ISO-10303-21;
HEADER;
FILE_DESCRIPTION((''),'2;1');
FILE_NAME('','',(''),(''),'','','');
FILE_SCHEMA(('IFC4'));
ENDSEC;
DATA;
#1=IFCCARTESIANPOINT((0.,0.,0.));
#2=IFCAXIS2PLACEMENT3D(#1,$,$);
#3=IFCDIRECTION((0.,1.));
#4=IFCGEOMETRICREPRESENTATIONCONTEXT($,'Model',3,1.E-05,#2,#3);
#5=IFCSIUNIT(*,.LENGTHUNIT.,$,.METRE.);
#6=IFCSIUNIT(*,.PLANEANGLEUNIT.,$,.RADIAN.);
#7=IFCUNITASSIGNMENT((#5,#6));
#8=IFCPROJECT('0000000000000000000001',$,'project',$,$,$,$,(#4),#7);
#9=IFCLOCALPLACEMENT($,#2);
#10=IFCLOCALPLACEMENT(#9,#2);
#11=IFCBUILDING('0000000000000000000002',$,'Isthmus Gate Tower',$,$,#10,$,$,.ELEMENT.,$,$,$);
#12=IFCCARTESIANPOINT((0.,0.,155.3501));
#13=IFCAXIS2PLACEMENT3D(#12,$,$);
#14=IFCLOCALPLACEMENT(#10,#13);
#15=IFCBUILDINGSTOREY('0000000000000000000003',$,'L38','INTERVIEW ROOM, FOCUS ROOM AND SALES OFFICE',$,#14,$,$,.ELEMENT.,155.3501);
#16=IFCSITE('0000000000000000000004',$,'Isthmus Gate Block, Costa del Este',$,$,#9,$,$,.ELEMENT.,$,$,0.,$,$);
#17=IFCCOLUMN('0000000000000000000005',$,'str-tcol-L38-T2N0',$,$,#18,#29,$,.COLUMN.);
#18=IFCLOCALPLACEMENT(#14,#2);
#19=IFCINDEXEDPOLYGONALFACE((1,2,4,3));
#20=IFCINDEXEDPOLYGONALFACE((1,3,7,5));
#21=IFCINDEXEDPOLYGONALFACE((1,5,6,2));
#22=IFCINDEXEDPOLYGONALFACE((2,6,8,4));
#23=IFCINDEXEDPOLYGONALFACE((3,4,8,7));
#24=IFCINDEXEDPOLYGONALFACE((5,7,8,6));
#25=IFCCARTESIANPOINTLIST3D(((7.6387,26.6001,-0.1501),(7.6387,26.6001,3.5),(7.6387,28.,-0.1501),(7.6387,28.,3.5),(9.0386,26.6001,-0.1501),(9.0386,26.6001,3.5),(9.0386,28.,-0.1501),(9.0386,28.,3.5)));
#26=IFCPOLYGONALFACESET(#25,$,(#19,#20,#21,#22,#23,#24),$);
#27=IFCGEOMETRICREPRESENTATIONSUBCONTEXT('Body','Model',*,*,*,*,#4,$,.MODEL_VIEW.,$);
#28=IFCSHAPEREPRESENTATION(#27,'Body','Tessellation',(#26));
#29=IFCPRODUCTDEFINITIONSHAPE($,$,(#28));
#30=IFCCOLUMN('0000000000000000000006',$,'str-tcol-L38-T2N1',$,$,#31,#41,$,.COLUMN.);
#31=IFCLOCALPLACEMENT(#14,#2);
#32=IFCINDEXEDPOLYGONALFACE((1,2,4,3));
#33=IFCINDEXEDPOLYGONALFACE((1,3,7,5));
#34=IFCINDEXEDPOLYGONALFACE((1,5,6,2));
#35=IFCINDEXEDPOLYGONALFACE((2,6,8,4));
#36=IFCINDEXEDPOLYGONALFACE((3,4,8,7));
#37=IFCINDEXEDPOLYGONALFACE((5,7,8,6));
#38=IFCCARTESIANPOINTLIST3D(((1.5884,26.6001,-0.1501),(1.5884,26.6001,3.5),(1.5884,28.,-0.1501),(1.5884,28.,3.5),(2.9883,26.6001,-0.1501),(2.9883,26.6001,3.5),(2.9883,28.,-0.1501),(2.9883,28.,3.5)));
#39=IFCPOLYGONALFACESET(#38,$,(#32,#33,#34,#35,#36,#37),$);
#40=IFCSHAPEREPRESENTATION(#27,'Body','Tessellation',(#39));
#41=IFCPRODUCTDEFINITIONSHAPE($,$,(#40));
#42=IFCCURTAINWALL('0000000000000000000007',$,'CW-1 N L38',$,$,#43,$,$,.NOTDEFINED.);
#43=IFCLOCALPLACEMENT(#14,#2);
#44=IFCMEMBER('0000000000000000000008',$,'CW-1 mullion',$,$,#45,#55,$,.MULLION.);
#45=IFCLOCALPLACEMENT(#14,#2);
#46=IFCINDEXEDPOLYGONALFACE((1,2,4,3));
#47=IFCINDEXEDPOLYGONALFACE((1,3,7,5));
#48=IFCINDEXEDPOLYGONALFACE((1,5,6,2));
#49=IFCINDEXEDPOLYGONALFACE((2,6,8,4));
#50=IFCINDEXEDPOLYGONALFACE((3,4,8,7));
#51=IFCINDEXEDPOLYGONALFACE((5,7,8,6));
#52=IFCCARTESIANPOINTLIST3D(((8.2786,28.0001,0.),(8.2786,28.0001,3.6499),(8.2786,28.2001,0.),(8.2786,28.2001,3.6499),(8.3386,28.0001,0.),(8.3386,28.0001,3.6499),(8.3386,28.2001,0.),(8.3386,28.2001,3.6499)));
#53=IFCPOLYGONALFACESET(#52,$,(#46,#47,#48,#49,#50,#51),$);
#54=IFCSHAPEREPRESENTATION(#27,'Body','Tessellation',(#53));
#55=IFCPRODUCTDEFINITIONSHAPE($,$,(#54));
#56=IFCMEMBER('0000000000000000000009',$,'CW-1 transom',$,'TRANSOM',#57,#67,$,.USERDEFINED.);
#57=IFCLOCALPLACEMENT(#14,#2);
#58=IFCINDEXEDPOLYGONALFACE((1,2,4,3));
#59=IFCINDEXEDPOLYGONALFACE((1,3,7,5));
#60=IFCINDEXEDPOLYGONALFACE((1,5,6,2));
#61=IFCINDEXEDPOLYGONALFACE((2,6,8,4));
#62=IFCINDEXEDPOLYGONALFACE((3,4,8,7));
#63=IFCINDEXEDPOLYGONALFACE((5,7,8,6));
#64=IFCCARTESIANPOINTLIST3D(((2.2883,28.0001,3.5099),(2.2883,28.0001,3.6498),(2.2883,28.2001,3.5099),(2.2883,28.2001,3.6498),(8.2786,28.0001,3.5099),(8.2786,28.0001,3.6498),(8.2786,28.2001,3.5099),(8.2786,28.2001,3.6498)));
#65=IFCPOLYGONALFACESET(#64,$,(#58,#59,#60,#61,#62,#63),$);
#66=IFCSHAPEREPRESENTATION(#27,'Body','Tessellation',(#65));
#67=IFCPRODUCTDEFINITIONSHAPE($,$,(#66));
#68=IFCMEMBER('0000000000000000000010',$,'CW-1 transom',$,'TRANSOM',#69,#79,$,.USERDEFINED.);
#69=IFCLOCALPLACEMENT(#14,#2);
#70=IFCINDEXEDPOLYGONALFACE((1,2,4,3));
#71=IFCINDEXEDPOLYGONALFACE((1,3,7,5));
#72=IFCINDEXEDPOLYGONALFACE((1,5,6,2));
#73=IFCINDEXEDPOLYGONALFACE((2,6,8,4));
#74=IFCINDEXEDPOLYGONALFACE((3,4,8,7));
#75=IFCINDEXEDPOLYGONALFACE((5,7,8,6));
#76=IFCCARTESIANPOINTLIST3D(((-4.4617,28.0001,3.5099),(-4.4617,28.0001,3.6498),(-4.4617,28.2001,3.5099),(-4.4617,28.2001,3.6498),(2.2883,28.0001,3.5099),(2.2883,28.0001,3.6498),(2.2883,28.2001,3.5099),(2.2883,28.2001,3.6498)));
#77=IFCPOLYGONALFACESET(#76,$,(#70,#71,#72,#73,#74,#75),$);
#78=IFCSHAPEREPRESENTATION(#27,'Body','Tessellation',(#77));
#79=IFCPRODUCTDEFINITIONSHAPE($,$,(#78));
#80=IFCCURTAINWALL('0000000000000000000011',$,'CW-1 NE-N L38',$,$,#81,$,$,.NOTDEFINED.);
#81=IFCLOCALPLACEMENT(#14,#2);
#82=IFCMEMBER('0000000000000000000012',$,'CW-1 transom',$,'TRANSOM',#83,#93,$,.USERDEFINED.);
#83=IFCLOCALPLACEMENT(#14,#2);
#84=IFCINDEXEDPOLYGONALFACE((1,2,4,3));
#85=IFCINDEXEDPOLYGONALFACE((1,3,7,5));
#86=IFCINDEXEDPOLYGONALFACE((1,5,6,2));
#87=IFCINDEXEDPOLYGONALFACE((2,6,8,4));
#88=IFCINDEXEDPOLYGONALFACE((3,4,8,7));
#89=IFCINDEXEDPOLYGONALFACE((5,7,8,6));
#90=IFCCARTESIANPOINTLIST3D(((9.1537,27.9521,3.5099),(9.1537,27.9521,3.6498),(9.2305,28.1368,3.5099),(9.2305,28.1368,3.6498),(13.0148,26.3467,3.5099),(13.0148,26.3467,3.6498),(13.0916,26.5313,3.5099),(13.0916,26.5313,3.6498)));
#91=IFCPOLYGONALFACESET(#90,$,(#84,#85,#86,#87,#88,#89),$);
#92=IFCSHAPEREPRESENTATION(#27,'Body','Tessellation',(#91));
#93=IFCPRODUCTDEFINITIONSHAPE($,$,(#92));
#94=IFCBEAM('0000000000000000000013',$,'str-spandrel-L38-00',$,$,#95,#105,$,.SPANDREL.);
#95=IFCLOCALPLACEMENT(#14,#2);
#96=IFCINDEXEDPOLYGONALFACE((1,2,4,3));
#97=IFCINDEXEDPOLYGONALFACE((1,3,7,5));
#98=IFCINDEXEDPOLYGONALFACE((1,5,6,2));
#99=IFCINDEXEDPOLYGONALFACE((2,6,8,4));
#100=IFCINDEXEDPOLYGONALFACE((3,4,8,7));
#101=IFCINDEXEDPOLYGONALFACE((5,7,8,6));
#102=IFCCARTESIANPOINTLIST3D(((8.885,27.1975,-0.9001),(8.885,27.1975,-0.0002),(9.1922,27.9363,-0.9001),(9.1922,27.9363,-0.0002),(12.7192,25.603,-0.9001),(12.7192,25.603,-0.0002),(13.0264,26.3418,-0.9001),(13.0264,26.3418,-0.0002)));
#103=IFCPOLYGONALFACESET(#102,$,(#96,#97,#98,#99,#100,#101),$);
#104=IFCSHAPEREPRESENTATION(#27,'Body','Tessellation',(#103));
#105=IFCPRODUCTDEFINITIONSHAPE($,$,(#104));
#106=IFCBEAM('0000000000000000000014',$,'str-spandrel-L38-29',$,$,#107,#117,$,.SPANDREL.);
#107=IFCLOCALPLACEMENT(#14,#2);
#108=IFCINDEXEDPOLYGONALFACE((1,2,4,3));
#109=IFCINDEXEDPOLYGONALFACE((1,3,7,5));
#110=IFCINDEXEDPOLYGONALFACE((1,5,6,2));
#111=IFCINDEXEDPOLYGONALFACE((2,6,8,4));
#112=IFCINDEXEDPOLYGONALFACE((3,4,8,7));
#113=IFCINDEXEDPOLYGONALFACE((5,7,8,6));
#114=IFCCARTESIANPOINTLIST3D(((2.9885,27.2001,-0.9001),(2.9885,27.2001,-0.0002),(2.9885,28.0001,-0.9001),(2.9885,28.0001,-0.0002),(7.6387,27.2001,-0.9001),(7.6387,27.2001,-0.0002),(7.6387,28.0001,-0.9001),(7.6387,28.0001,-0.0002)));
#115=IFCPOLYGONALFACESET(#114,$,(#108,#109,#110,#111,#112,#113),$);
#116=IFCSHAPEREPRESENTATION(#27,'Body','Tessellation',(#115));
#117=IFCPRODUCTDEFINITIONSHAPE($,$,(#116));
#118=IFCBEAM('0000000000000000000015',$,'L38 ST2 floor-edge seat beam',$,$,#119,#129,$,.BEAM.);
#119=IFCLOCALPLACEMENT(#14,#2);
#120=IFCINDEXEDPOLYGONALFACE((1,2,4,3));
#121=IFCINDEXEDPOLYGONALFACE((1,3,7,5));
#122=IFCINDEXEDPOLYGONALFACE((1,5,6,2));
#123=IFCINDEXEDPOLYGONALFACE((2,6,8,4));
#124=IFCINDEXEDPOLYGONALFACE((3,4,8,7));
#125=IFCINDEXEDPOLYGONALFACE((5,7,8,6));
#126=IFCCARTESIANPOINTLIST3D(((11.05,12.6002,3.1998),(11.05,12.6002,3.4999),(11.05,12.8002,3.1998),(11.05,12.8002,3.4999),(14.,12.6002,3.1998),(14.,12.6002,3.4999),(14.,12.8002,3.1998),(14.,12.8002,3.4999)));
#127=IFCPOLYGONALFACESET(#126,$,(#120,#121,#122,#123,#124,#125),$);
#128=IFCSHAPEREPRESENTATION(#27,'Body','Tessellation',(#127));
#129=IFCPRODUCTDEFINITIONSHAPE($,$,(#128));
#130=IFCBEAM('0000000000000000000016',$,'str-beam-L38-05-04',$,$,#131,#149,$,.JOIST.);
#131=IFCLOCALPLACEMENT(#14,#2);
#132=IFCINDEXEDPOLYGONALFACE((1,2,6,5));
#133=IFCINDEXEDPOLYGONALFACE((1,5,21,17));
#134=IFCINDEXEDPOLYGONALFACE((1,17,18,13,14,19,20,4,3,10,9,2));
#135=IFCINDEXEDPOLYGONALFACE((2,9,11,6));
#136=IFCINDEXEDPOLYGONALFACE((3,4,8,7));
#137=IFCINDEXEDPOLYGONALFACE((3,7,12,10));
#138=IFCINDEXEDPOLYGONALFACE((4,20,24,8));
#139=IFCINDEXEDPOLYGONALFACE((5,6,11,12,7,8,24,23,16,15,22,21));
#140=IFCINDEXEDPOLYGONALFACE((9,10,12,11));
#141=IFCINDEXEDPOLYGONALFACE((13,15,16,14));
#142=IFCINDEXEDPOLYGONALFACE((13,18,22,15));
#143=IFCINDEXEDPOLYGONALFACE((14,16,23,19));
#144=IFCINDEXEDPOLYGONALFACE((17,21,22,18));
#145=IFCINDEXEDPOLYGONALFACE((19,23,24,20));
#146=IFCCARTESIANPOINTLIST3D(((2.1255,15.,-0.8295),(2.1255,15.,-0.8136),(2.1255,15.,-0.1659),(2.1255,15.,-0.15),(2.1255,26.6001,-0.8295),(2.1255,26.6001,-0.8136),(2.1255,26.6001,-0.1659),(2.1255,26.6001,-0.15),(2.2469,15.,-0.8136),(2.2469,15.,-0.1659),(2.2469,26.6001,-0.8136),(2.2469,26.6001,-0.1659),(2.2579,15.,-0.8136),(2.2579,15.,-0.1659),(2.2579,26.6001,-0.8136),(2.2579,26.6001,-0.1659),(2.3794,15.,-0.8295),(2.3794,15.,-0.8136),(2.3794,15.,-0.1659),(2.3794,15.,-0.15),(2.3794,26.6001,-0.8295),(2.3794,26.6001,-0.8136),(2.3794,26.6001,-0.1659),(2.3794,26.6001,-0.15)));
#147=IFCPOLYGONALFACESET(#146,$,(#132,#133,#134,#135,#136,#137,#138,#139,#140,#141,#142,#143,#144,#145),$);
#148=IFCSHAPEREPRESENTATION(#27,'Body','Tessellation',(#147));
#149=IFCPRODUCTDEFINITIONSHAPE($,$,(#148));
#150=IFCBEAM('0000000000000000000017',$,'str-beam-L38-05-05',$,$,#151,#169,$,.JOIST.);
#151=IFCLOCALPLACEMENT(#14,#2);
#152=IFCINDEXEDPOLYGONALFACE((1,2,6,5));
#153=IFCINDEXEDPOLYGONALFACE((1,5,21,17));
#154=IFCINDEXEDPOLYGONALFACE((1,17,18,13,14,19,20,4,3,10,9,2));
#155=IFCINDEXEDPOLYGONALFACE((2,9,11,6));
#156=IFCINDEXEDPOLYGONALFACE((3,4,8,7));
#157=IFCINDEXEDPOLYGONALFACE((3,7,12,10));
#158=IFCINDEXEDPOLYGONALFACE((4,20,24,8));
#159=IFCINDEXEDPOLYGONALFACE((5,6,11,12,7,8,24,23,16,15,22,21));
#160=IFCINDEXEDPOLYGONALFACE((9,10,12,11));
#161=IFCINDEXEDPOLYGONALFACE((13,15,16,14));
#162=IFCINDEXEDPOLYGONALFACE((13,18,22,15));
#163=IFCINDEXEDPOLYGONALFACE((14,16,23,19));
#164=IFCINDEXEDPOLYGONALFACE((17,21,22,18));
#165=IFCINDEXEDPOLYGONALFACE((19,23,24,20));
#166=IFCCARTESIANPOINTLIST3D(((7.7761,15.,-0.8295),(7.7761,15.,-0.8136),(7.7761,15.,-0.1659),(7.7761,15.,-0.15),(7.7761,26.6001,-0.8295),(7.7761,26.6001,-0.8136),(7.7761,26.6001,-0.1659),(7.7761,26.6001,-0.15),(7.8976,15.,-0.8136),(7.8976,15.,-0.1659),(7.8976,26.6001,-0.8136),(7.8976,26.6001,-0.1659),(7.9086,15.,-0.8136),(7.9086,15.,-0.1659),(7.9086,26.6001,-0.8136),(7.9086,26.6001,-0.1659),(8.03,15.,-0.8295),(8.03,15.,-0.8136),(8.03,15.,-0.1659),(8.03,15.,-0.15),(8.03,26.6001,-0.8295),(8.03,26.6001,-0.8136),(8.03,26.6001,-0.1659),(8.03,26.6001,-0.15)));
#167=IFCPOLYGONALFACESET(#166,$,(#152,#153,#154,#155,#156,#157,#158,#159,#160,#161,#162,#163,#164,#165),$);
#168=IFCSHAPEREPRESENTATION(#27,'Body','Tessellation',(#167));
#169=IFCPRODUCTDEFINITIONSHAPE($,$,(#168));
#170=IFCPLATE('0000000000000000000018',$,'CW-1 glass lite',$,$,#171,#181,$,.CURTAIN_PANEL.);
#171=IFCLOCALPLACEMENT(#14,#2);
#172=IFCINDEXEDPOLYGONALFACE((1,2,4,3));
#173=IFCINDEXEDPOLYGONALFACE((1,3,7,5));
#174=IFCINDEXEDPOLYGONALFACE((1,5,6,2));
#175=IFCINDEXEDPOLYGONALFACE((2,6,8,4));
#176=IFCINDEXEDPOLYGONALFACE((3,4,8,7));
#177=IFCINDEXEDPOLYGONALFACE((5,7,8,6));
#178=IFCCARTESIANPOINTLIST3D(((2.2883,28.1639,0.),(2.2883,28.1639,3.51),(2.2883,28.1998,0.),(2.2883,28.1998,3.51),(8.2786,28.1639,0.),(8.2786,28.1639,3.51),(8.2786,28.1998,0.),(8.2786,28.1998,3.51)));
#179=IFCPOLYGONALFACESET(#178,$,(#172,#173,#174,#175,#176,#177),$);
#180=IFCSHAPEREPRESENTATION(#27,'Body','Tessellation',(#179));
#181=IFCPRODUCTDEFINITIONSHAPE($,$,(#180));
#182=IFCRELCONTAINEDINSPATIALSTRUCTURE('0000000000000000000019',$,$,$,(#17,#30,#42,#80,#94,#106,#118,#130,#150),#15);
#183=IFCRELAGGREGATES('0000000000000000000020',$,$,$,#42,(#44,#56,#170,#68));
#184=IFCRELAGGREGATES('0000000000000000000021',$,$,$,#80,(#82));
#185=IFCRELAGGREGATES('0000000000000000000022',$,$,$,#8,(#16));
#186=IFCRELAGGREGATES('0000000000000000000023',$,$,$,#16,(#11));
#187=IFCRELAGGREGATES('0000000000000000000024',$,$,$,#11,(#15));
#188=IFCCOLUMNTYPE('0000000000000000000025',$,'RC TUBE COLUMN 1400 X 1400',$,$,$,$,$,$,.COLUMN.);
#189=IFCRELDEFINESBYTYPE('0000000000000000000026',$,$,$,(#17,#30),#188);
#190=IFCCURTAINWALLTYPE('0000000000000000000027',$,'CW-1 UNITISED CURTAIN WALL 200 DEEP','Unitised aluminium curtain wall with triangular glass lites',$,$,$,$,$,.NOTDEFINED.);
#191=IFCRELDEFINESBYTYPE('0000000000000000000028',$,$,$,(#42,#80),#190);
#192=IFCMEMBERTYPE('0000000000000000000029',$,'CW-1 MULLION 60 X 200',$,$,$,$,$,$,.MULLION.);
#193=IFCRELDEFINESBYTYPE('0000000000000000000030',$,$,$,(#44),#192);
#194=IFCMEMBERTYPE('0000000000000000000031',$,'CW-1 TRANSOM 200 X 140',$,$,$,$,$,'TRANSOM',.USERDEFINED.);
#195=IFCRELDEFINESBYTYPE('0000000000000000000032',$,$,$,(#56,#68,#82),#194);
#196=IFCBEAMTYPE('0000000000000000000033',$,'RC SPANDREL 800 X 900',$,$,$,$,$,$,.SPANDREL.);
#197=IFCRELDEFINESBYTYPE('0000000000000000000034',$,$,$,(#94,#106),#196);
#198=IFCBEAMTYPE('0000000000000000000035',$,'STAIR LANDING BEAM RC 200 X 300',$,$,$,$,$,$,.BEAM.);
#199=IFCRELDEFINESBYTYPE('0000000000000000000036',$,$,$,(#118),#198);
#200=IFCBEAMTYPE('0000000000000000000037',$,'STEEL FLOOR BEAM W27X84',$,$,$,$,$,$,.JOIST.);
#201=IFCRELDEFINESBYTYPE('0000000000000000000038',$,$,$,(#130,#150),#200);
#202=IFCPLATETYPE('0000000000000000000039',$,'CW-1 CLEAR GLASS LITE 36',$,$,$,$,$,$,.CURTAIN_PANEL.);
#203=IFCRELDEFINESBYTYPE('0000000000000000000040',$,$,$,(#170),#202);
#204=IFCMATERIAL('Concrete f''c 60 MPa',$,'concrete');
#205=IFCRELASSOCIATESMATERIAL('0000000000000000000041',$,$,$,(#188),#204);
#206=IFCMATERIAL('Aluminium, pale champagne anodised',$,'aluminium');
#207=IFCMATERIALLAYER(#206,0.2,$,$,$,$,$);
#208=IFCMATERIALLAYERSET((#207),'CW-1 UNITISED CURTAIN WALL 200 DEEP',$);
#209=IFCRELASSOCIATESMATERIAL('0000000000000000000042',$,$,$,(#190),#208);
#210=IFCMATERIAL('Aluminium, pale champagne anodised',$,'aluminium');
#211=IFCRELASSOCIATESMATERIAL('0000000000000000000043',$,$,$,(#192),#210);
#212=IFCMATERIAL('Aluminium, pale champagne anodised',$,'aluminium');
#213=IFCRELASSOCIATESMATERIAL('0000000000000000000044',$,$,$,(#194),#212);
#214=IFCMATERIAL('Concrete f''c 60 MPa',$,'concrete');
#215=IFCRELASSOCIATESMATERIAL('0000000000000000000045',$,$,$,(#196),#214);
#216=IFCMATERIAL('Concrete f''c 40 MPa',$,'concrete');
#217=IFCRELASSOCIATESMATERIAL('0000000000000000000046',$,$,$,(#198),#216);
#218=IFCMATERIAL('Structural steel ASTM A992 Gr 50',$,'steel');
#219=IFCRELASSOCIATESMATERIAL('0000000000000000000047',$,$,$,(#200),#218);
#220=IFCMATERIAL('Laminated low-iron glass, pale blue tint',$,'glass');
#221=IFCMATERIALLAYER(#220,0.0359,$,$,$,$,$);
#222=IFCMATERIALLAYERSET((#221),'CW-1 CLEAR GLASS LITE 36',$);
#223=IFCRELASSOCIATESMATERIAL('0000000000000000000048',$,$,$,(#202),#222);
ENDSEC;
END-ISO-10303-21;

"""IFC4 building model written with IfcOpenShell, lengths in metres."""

from ifc_helpers import new_model, si_unit, direction, frame, origin, origin_2d, place, context, subcontext, project, spatial, rectangle, i_section, extrude, material, layer, layer_set, material_profile, profile_set, type_object, element, aggregate, save


model = new_model("IFC4")

# Units and contexts
model_context = context("Model", 3, precision=1e-05, world=origin(), true_north=direction((0.0, 1.0)))
body_context = subcontext(model_context, "Body", "Model", "MODEL_VIEW")
ifc_project = project(units=[si_unit("LENGTHUNIT", "METRE"), si_unit("PLANEANGLEUNIT", "RADIAN")], contexts=[model_context])

# Site, building, storey
site_placement = place(None, origin())
site = spatial("IfcSite", under=ifc_project, at=site_placement, Name="Isthmus Gate Block, Costa del Este", CompositionType="ELEMENT", RefElevation=0.0)
building_placement = place(site_placement, origin())
building = spatial("IfcBuilding", under=site, at=building_placement, Name="Isthmus Gate Tower", CompositionType="ELEMENT")
storey_placement = place(building_placement, frame((0.0, 0.0, 155.3501)))
storey = spatial("IfcBuildingStorey", under=building, at=storey_placement, Name="L38", Description="INTERVIEW ROOM, FOCUS ROOM AND SALES OFFICE", CompositionType="ELEMENT", Elevation=155.3501)

# Columns
ifc_material_1 = material(Name="Concrete f'c 60 MPa", Category="concrete")
ifc_material_profile_1 = material_profile(ifc_material_1, rectangle(XDim=1.3999, YDim=1.3999, at=origin_2d()), Name="RC 1400X1400")
ifc_profile_set_1 = profile_set([ifc_material_profile_1], Name="Concrete f'c 60 MPa")
column_type = type_object("IfcColumnType", Name="RC TUBE COLUMN 1400 X 1400", PredefinedType="COLUMN", material=ifc_profile_set_1)
for number, where, z_axis, x_axis, name in (
    (1, (8.3386, 27.3, -0.1501), (0.0, 0.0, 1.0), (-1.0, 0.0, 0.0), "str-tcol-L38-T2N0"),
    (2, (2.2883, 27.3, -0.1501), (0.0, 0.0, 1.0), (-1.0, 0.0, 0.0), "str-tcol-L38-T2N1"),
):
    element("IfcColumn", number, at=place(storey_placement, frame(where, z_axis=z_axis, x_axis=x_axis)), inside=storey, type_object=column_type, Name=name, PredefinedType="COLUMN", context=body_context, shape_type="SweptSolid", body=[
        extrude(rectangle(XDim=1.3999, YDim=1.3999, at=origin_2d()), origin(), (0.0, 0.0, 1.0), 3.6501),
    ])

# Curtain wall, members
ifc_material_2 = material(Name="Aluminium, pale champagne anodised", Category="aluminium")
ifc_layer_1 = layer(ifc_material_2, 0.2)
ifc_layer_set_1 = layer_set([ifc_layer_1], Name="CW-1 UNITISED CURTAIN WALL 200 DEEP")
curtain_wall_type = type_object("IfcCurtainWallType", Name="CW-1 UNITISED CURTAIN WALL 200 DEEP", Description="Unitised aluminium curtain wall with triangular glass lites", PredefinedType="NOTDEFINED", material=ifc_layer_set_1)
curtain_wall_1_placement = place(storey_placement, origin())
curtain_wall_1 = element("IfcCurtainWall", 3, at=curtain_wall_1_placement, inside=storey, type_object=curtain_wall_type, Name="CW-1 N L38", PredefinedType="NOTDEFINED")
ifc_material_3 = material(Name="Aluminium, pale champagne anodised", Category="aluminium")
ifc_material_profile_2 = material_profile(ifc_material_3, rectangle(XDim=0.0601, YDim=0.2, at=origin_2d()), Name="60x200")
ifc_profile_set_2 = profile_set([ifc_material_profile_2], Name="Aluminium, pale champagne anodised")
member_type_1 = type_object("IfcMemberType", Name="CW-1 MULLION 60 X 200", PredefinedType="MULLION", material=ifc_profile_set_2)
member_1_placement = place(storey_placement, frame((8.3086, 28.1001, 0.0), z_axis=(0.0, 0.0, 1.0), x_axis=(-1.0, 0.0, 0.0)))
member_1 = element("IfcMember", 4, at=member_1_placement, type_object=member_type_1, Name="CW-1 mullion", PredefinedType="MULLION", context=body_context, shape_type="SweptSolid", body=[
    extrude(rectangle(XDim=0.0601, YDim=0.2, at=origin_2d()), origin(), (0.0, 0.0, 1.0), 3.6499),
])
ifc_material_4 = material(Name="Aluminium, pale champagne anodised", Category="aluminium")
ifc_material_profile_3 = material_profile(ifc_material_4, rectangle(XDim=0.2, YDim=0.1399, at=origin_2d()), Name="200x140")
ifc_profile_set_3 = profile_set([ifc_material_profile_3], Name="Aluminium, pale champagne anodised")
member_type_2 = type_object("IfcMemberType", Name="CW-1 TRANSOM 200 X 140", ElementType="TRANSOM", PredefinedType="USERDEFINED", material=ifc_profile_set_3)
member_2_placement = place(storey_placement, frame((8.2786, 28.1001, 3.5798), z_axis=(-1.0, 0.0, 0.0), x_axis=(0.0, -1.0, 0.0)))
member_2 = element("IfcMember", 5, at=member_2_placement, type_object=member_type_2, Name="CW-1 transom", ObjectType="TRANSOM", PredefinedType="USERDEFINED", context=body_context, shape_type="SweptSolid", body=[
    extrude(rectangle(XDim=0.2, YDim=0.1399, at=origin_2d()), origin(), (0.0, 0.0, 1.0), 5.9902),
])
member_3_placement = place(storey_placement, frame((2.2883, 28.1001, 3.5798), z_axis=(-1.0, 0.0, 0.0), x_axis=(0.0, -1.0, 0.0)))
member_3 = element("IfcMember", 6, at=member_3_placement, type_object=member_type_2, Name="CW-1 transom", ObjectType="TRANSOM", PredefinedType="USERDEFINED", context=body_context, shape_type="SweptSolid", body=[
    extrude(rectangle(XDim=0.2, YDim=0.1399, at=origin_2d()), origin(), (0.0, 0.0, 1.0), 6.75),
])

# Curtain wall, member
curtain_wall_2_placement = place(storey_placement, origin())
curtain_wall_2 = element("IfcCurtainWall", 7, at=curtain_wall_2_placement, inside=storey, type_object=curtain_wall_type, Name="CW-1 NE-N L38", PredefinedType="NOTDEFINED")
member_4_placement = place(storey_placement, frame((13.0532, 26.439, 3.5798), z_axis=(-0.923358, 0.38394, 0.0), x_axis=(-0.38394, -0.923358, 0.0)))
member_4 = element("IfcMember", 8, at=member_4_placement, type_object=member_type_2, Name="CW-1 transom", ObjectType="TRANSOM", PredefinedType="USERDEFINED", context=body_context, shape_type="SweptSolid", body=[
    extrude(rectangle(XDim=0.2, YDim=0.1399, at=origin_2d()), origin(), (0.0, 0.0, 1.0), 4.1816),
])

# Beams
ifc_material_5 = material(Name="Concrete f'c 60 MPa", Category="concrete")
ifc_material_profile_4 = material_profile(ifc_material_5, rectangle(XDim=0.8, YDim=0.8999, at=origin_2d()), Name="RC 800X900")
ifc_profile_set_4 = profile_set([ifc_material_profile_4], Name="Concrete f'c 60 MPa")
beam_type_1 = type_object("IfcBeamType", Name="RC SPANDREL 800 X 900", PredefinedType="SPANDREL", material=ifc_profile_set_4)
beam_1_placement = place(storey_placement, frame((9.0386, 27.5669, -0.4502), z_axis=(0.923343, -0.383977, 0.0), x_axis=(0.383977, 0.923343, 0.0)))
element("IfcBeam", 9, at=beam_1_placement, inside=storey, type_object=beam_type_1, Name="str-spandrel-L38-00", PredefinedType="SPANDREL", context=body_context, shape_type="SweptSolid", body=[
    extrude(rectangle(XDim=0.8, YDim=0.8999, at=origin_2d()), origin(), (0.0, 0.0, 1.0), 4.1526),
])
beam_2_placement = place(storey_placement, frame((2.9885, 27.6001, -0.4502), z_axis=(1.0, 0.0, 0.0), x_axis=(0.0, 1.0, 0.0)))
element("IfcBeam", 10, at=beam_2_placement, inside=storey, type_object=beam_type_1, Name="str-spandrel-L38-29", PredefinedType="SPANDREL", context=body_context, shape_type="SweptSolid", body=[
    extrude(rectangle(XDim=0.8, YDim=0.8999, at=origin_2d()), origin(), (0.0, 0.0, 1.0), 4.6501),
])
ifc_material_6 = material(Name="Concrete f'c 40 MPa", Category="concrete")
ifc_material_profile_5 = material_profile(ifc_material_6, rectangle(XDim=0.2, YDim=0.3, at=origin_2d()), Name="STAIR LANDING BEAM RC 200 X 300")
ifc_profile_set_5 = profile_set([ifc_material_profile_5], Name="Concrete f'c 40 MPa")
beam_type_2 = type_object("IfcBeamType", Name="STAIR LANDING BEAM RC 200 X 300", PredefinedType="BEAM", material=ifc_profile_set_5)
beam_3_placement = place(storey_placement, frame((11.05, 12.7002, 3.3499), z_axis=(1.0, 0.0, 0.0), x_axis=(0.0, 1.0, 0.0)))
element("IfcBeam", 11, at=beam_3_placement, inside=storey, type_object=beam_type_2, Name="L38 ST2 floor-edge seat beam", PredefinedType="BEAM", context=body_context, shape_type="SweptSolid", body=[
    extrude(rectangle(XDim=0.2, YDim=0.3, at=origin_2d()), origin(), (0.0, 0.0, 1.0), 2.95),
])
ifc_material_7 = material(Name="Structural steel ASTM A992 Gr 50", Category="steel")
ifc_material_profile_6 = material_profile(ifc_material_7, i_section(OverallWidth=0.2539, OverallDepth=0.6794, WebThickness=0.011, FlangeThickness=0.0159, at=origin_2d()), Name="W27X84")
ifc_profile_set_6 = profile_set([ifc_material_profile_6], Name="Structural steel ASTM A992 Gr 50")
beam_type_3 = type_object("IfcBeamType", Name="STEEL FLOOR BEAM W27X84", PredefinedType="JOIST", material=ifc_profile_set_6)
for number, where, z_axis, x_axis, name in (
    (12, (2.2524, 15.0, -0.4897), (0.0, 1.0, 0.0), (-1.0, 0.0, 0.0), "str-beam-L38-05-04"),
    (13, (7.9031, 15.0, -0.4897), (0.0, 1.0, 0.0), (-1.0, 0.0, 0.0), "str-beam-L38-05-05"),
):
    element("IfcBeam", number, at=place(storey_placement, frame(where, z_axis=z_axis, x_axis=x_axis)), inside=storey, type_object=beam_type_3, Name=name, PredefinedType="JOIST", context=body_context, shape_type="SweptSolid", body=[
        extrude(i_section(OverallWidth=0.2539, OverallDepth=0.6794, WebThickness=0.011, FlangeThickness=0.0159, at=origin_2d()), origin(), (0.0, 0.0, 1.0), 11.6001),
    ])

# Plate
ifc_material_8 = material(Name="Laminated low-iron glass, pale blue tint", Category="glass")
ifc_layer_2 = layer(ifc_material_8, 0.0359)
ifc_layer_set_2 = layer_set([ifc_layer_2], Name="CW-1 CLEAR GLASS LITE 36")
plate_type = type_object("IfcPlateType", Name="CW-1 CLEAR GLASS LITE 36", PredefinedType="CURTAIN_PANEL", material=ifc_layer_set_2)
plate_1_placement = place(storey_placement, frame((5.2834, 28.1819, 0.0), z_axis=(0.0, 0.0, 1.0), x_axis=(-1.0, 0.0, 0.0)))
plate_1 = element("IfcPlate", 14, at=plate_1_placement, type_object=plate_type, Name="CW-1 glass lite", PredefinedType="CURTAIN_PANEL", context=body_context, shape_type="SweptSolid", body=[
    extrude(rectangle(XDim=5.9902, YDim=0.0359, at=origin_2d()), origin(), (0.0, 0.0, 1.0), 3.51),
])
aggregate(curtain_wall_1, [member_1, member_2, plate_1, member_3])
aggregate(curtain_wall_2, [member_4])

save(model, "model.ifc")
